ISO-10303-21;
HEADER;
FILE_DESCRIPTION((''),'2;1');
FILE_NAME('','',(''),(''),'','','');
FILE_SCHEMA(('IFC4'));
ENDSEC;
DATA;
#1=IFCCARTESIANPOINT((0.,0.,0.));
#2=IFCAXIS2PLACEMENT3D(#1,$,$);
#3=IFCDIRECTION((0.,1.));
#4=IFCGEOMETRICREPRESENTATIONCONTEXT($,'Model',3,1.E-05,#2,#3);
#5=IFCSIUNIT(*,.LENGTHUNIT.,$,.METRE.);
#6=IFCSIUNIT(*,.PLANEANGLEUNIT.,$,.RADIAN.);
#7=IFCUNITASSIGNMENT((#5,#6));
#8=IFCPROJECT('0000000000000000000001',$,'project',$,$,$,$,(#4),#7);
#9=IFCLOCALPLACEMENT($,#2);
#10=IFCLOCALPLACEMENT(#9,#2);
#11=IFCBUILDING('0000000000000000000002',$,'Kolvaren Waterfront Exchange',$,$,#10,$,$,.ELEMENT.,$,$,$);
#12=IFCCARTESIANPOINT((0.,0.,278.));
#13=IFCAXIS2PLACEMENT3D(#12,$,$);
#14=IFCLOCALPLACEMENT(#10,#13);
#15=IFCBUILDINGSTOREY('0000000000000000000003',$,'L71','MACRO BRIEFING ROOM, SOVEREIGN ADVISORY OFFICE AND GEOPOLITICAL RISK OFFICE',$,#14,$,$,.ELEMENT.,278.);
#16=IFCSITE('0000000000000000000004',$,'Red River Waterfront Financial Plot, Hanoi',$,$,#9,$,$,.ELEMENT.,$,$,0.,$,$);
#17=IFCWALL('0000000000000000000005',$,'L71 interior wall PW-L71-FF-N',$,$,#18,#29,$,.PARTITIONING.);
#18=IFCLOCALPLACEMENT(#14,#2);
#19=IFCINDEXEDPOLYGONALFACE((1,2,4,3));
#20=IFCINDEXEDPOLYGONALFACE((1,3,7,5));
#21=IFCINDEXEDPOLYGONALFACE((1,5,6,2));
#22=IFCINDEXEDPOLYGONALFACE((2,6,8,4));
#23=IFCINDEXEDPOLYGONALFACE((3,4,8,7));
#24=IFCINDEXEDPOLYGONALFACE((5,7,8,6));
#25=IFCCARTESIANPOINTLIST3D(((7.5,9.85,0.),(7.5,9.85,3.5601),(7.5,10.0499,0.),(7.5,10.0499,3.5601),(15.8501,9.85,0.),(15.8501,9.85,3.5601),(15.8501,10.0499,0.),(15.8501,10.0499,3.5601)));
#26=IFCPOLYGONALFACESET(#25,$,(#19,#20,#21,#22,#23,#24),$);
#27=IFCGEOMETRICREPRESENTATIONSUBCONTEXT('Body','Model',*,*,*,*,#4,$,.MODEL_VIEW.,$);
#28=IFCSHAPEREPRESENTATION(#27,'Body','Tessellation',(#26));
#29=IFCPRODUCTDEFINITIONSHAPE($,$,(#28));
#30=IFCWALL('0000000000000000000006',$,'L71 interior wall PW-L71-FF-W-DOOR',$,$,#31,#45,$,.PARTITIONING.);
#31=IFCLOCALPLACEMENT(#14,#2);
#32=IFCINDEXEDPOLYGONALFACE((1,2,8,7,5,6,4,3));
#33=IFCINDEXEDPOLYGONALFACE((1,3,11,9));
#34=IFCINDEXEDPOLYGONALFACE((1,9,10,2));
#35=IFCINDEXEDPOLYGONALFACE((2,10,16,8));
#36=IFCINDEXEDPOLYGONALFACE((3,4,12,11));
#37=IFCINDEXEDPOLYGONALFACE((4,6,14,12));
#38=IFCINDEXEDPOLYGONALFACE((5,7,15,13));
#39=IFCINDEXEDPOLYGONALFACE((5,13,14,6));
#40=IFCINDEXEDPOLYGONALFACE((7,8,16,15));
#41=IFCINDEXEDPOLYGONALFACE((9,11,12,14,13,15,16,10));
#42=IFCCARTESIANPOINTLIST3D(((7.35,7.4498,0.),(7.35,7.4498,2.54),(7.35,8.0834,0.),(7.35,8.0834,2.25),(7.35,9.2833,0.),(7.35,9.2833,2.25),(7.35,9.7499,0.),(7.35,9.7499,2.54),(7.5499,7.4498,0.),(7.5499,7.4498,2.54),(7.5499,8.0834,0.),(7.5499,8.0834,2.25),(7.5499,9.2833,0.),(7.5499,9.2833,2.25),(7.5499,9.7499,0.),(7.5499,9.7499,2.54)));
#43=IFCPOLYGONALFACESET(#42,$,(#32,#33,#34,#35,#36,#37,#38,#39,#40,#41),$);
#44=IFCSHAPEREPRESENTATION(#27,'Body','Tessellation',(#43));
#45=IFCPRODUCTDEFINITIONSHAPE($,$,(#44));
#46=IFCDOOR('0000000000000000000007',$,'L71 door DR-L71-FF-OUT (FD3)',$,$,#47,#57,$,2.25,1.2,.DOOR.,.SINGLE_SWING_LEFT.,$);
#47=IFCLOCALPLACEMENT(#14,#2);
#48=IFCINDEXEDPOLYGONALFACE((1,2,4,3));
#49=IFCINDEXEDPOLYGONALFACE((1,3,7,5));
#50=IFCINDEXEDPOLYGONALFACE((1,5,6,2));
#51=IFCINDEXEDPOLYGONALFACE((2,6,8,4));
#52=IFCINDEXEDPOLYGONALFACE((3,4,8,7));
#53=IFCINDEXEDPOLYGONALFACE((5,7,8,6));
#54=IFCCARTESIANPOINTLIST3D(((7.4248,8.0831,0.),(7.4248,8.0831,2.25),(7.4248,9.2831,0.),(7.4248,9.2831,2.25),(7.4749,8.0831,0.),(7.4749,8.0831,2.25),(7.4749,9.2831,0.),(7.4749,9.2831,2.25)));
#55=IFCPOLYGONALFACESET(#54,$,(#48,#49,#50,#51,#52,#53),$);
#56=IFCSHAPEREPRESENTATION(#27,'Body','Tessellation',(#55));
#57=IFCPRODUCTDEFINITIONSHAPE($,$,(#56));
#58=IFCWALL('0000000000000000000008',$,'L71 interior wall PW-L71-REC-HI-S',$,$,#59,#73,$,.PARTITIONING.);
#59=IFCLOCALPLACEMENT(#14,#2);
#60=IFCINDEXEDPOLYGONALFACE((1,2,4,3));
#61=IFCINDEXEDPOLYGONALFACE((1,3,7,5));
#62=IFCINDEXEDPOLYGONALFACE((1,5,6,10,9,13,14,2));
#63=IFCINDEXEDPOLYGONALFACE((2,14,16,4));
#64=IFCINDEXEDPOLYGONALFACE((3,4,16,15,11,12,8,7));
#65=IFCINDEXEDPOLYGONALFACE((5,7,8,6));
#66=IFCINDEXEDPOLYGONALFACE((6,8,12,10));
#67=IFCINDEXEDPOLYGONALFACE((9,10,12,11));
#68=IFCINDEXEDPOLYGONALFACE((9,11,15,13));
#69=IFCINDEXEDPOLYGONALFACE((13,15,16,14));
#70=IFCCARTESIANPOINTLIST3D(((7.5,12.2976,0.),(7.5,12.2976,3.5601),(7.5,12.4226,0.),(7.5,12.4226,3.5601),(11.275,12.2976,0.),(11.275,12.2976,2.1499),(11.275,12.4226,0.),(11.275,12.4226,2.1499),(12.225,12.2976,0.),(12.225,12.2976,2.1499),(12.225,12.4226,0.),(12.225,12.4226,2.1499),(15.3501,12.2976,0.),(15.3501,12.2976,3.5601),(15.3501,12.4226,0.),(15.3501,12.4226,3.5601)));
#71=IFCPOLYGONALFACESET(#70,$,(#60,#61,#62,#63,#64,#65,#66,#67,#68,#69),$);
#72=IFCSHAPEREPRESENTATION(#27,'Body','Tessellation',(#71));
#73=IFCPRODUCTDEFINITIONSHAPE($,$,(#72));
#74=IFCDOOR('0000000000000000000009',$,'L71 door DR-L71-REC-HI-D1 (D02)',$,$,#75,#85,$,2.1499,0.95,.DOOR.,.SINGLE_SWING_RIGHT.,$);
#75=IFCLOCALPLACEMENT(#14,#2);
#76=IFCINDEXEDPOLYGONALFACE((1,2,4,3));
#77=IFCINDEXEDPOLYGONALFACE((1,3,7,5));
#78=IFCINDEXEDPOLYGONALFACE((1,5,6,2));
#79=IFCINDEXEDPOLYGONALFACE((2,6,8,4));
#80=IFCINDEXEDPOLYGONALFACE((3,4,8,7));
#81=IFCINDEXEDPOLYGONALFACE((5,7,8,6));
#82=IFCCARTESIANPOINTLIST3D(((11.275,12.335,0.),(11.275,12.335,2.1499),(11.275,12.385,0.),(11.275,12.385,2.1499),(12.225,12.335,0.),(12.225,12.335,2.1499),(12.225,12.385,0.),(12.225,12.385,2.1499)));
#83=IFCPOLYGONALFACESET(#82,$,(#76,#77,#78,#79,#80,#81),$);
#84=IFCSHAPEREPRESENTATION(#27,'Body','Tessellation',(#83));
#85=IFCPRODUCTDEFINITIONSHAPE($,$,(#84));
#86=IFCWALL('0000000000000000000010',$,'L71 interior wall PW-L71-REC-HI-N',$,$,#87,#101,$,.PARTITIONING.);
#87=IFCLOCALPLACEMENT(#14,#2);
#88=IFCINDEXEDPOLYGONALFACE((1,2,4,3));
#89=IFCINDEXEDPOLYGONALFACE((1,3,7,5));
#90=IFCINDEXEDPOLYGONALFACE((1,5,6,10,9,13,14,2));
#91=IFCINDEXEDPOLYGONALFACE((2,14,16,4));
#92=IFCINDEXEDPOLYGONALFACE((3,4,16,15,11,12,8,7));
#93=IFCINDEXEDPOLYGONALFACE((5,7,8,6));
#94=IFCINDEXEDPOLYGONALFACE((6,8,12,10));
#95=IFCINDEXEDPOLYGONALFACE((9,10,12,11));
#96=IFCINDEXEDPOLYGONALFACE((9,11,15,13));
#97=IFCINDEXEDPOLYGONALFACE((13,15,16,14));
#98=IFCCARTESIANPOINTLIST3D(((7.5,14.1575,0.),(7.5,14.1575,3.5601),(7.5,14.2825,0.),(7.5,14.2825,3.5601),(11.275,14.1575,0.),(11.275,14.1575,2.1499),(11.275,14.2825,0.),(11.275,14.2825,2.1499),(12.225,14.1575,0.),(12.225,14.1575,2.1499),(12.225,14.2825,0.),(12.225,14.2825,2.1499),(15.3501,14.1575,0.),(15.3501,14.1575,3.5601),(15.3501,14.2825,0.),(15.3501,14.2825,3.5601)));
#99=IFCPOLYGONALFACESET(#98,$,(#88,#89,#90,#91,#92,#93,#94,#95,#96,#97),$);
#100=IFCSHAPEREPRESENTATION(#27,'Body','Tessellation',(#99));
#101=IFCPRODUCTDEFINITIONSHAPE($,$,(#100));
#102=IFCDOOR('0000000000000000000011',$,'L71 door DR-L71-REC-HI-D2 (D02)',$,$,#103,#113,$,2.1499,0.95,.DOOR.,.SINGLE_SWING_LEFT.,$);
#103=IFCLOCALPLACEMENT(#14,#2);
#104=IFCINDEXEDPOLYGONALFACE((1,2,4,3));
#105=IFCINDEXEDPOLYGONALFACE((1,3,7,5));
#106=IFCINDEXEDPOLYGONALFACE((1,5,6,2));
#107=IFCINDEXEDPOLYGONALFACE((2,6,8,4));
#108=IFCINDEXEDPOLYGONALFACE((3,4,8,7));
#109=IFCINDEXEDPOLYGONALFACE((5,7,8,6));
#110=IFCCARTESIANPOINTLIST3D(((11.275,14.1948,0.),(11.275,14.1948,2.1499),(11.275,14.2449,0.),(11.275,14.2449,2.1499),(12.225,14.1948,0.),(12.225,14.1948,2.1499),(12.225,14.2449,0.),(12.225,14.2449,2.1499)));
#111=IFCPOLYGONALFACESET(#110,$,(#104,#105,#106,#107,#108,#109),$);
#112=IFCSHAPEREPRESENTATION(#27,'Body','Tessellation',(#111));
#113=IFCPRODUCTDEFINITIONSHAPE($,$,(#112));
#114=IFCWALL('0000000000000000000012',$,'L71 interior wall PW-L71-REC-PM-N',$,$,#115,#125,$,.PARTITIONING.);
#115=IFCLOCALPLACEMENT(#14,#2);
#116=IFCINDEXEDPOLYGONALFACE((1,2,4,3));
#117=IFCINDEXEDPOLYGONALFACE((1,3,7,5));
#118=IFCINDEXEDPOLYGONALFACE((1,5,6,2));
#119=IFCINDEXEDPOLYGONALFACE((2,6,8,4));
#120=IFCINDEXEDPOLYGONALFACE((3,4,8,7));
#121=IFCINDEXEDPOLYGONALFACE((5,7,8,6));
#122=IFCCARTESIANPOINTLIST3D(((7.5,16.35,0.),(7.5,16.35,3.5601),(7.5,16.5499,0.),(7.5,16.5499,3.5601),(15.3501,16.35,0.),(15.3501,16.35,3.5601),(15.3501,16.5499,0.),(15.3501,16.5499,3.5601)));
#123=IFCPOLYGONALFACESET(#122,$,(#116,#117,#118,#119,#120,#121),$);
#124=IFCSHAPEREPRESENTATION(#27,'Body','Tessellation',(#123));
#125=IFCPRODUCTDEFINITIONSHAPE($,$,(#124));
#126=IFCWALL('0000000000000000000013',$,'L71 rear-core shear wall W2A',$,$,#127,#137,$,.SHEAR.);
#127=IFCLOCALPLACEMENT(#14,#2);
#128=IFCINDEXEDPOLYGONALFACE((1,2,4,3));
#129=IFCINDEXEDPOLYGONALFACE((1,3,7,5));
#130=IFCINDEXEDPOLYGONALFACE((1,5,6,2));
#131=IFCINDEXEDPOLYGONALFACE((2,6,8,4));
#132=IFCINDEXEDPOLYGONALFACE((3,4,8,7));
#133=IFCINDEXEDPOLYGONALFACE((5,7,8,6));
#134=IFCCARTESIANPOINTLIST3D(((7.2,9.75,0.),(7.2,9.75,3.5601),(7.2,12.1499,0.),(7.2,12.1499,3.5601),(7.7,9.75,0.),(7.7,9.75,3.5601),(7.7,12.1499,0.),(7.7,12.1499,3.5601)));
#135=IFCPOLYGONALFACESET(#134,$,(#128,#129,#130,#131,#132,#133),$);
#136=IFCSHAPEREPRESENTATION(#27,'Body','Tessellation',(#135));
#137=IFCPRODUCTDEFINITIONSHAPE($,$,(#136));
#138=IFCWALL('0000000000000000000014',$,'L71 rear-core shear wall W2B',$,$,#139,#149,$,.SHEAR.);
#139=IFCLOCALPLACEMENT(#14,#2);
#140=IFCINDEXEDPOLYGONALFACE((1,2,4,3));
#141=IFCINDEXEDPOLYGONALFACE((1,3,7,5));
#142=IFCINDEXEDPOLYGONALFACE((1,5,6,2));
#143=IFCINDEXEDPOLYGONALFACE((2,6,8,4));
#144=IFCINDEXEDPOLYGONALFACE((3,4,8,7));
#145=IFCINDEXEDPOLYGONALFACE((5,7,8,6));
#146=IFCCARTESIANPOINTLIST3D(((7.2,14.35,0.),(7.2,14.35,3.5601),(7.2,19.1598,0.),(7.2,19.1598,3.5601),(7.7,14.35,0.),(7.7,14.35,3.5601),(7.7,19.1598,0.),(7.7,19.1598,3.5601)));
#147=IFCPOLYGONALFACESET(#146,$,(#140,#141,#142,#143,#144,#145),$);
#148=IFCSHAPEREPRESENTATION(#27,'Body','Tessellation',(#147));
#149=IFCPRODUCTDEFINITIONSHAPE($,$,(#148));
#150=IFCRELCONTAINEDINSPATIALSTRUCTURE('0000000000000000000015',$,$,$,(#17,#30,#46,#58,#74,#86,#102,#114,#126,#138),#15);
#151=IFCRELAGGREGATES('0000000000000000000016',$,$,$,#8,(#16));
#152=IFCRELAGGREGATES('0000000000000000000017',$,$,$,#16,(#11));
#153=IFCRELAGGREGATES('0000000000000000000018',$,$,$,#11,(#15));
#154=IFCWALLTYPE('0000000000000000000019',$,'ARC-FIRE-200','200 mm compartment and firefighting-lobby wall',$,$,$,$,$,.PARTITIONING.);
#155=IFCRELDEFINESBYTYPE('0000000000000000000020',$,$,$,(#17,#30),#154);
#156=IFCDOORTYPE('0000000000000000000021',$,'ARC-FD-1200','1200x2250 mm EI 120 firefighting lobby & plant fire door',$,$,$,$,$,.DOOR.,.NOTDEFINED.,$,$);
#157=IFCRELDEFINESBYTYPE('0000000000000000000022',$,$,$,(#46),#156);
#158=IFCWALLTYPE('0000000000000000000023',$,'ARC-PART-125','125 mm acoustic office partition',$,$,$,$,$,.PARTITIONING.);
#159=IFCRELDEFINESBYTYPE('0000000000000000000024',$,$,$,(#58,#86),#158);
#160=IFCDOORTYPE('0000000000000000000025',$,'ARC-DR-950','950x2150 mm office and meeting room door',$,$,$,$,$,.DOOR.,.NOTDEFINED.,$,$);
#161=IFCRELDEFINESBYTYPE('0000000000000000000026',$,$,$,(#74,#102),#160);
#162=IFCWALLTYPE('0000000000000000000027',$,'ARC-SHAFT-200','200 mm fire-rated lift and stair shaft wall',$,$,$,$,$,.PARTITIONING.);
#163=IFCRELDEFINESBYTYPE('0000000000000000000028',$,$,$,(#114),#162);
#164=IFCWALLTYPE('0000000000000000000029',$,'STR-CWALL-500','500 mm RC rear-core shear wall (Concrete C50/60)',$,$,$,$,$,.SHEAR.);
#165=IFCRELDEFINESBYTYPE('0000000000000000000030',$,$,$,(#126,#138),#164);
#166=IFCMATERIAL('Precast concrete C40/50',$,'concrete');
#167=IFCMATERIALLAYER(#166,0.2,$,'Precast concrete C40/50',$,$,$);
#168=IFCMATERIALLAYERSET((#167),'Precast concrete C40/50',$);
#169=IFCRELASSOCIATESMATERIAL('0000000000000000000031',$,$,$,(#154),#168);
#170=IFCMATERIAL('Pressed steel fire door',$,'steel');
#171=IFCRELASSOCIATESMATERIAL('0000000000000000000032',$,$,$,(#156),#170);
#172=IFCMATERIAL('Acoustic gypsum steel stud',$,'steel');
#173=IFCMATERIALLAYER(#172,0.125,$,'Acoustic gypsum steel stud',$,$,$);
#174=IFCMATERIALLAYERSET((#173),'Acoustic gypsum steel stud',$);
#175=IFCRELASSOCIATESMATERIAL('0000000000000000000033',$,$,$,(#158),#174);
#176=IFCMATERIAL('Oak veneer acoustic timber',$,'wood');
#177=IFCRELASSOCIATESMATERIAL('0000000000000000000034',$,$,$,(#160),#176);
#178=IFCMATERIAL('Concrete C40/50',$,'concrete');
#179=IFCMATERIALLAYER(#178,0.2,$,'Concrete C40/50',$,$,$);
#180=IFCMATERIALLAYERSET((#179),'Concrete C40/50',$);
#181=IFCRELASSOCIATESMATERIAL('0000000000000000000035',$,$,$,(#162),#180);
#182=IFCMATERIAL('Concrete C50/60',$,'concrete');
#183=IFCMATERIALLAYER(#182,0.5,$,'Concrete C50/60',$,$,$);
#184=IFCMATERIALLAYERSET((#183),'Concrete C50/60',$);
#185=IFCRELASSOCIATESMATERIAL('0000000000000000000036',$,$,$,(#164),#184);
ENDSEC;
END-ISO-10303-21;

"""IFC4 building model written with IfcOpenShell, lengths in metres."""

from ifc_helpers import new_model, si_unit, direction, frame, frame_2d, origin, place, context, subcontext, project, spatial, rectangle, extrude, material, layer, layer_set, type_object, element, fill, save


model = new_model("IFC4")

# Units and contexts
model_context = context("Model", 3, precision=1e-05, world=origin(), true_north=direction((0.0, 1.0)))
body_context = subcontext(model_context, "Body", "Model", "MODEL_VIEW")
ifc_project = project(units=[si_unit("LENGTHUNIT", "METRE"), si_unit("PLANEANGLEUNIT", "RADIAN")], contexts=[model_context])

# Site, building, storey
site_placement = place(None, origin())
site = spatial("IfcSite", under=ifc_project, at=site_placement, Name="Red River Waterfront Financial Plot, Hanoi", CompositionType="ELEMENT", RefElevation=0.0)
building_placement = place(site_placement, origin())
building = spatial("IfcBuilding", under=site, at=building_placement, Name="Kolvaren Waterfront Exchange", CompositionType="ELEMENT")
storey_placement = place(building_placement, frame((0.0, 0.0, 278.0)))
storey = spatial("IfcBuildingStorey", under=building, at=storey_placement, Name="L71", Description="MACRO BRIEFING ROOM, SOVEREIGN ADVISORY OFFICE AND GEOPOLITICAL RISK OFFICE", CompositionType="ELEMENT", Elevation=278.0)

# Wall
ifc_material_1 = material(Name="Precast concrete C40/50", Category="concrete")
ifc_layer_1 = layer(ifc_material_1, 0.2, Name="Precast concrete C40/50")
ifc_layer_set_1 = layer_set([ifc_layer_1], Name="Precast concrete C40/50")
wall_type_1 = type_object("IfcWallType", Name="ARC-FIRE-200", Description="200 mm compartment and firefighting-lobby wall", PredefinedType="PARTITIONING", material=ifc_layer_set_1)
wall_1_placement = place(storey_placement, frame((7.5, 9.95, 0.0), z_axis=(0.0, 0.0, 1.0), x_axis=(1.0, 0.0, 0.0)))
element("IfcWall", 1, at=wall_1_placement, inside=storey, type_object=wall_type_1, Name="L71 interior wall PW-L71-FF-N", PredefinedType="PARTITIONING", context=body_context, shape_type="SweptSolid", body=[
    extrude(rectangle(XDim=8.3501, YDim=0.2, at=frame_2d((4.175, 0.0))), origin(), (0.0, 0.0, 1.0), 3.5601),
])

# Walls, openings, doors
wall_2_placement = place(storey_placement, frame((7.45, 7.45, 0.0), z_axis=(0.0, 0.0, 1.0), x_axis=(0.0, 1.0, 0.0)))
wall_2 = element("IfcWall", 2, at=wall_2_placement, inside=storey, type_object=wall_type_1, Name="L71 interior wall PW-L71-FF-W-DOOR", PredefinedType="PARTITIONING", context=body_context, shape_type="SweptSolid", body=[
    extrude(rectangle(XDim=2.3, YDim=0.2, at=frame_2d((1.1499, 0.0))), origin(), (0.0, 0.0, 1.0), 2.54),
])
opening_1_placement = place(wall_2_placement, frame((0.6333, 0.0, 0.0)))
opening_1 = element("IfcOpeningElement", 3, at=opening_1_placement, cuts=wall_2, PredefinedType="OPENING", context=body_context, shape_type="SweptSolid", body=[
    extrude(rectangle(XDim=1.2, YDim=2.25, at=frame_2d((0.6001, 1.125))), frame((0.0, 0.1099, 0.0), z_axis=(0.0, -1.0, 0.0), x_axis=(1.0, 0.0, 0.0)), (0.0, 0.0, 1.0), 0.22),
])
ifc_material_2 = material(Name="Pressed steel fire door", Category="steel")
door_type_1 = type_object("IfcDoorType", Name="ARC-FD-1200", Description="1200x2250 mm EI 120 firefighting lobby & plant fire door", OperationType="NOTDEFINED", PredefinedType="DOOR", material=ifc_material_2)
door_1_placement = place(opening_1_placement, frame((1.2, 0.0, 0.0), z_axis=(0.0, 0.0, 1.0), x_axis=(-1.0, 0.0, 0.0)))
door_1 = element("IfcDoor", 4, at=door_1_placement, inside=storey, type_object=door_type_1, Name="L71 door DR-L71-FF-OUT (FD3)", OperationType="SINGLE_SWING_LEFT", OverallHeight=2.25, OverallWidth=1.2, PredefinedType="DOOR", context=body_context, shape_type="SweptSolid", body=[
    extrude(rectangle(XDim=1.2, YDim=2.25, at=frame_2d((0.6001, 1.125))), frame((0.0, 0.0249, 0.0), z_axis=(0.0, -1.0, 0.0), x_axis=(1.0, 0.0, 0.0)), (0.0, 0.0, 1.0), 0.05),
])
fill(opening_1, door_1)
ifc_material_3 = material(Name="Acoustic gypsum steel stud", Category="steel")
ifc_layer_2 = layer(ifc_material_3, 0.125, Name="Acoustic gypsum steel stud")
ifc_layer_set_2 = layer_set([ifc_layer_2], Name="Acoustic gypsum steel stud")
wall_type_2 = type_object("IfcWallType", Name="ARC-PART-125", Description="125 mm acoustic office partition", PredefinedType="PARTITIONING", material=ifc_layer_set_2)
wall_3_placement = place(storey_placement, frame((7.5, 12.3601, 0.0), z_axis=(0.0, 0.0, 1.0), x_axis=(1.0, 0.0, 0.0)))
wall_3 = element("IfcWall", 5, at=wall_3_placement, inside=storey, type_object=wall_type_2, Name="L71 interior wall PW-L71-REC-HI-S", PredefinedType="PARTITIONING", context=body_context, shape_type="SweptSolid", body=[
    extrude(rectangle(XDim=7.8501, YDim=0.125, at=frame_2d((3.925, 0.0))), origin(), (0.0, 0.0, 1.0), 3.5601),
])
opening_2_placement = place(wall_3_placement, frame((3.7749, 0.0, 0.0)))
opening_2 = element("IfcOpeningElement", 6, at=opening_2_placement, cuts=wall_3, PredefinedType="OPENING", context=body_context, shape_type="SweptSolid", body=[
    extrude(rectangle(XDim=0.95, YDim=2.1499, at=frame_2d((0.4751, 1.075))), frame((0.0, 0.0725, 0.0), z_axis=(0.0, -1.0, 0.0), x_axis=(1.0, 0.0, 0.0)), (0.0, 0.0, 1.0), 0.145),
])
ifc_material_4 = material(Name="Oak veneer acoustic timber", Category="wood")
door_type_2 = type_object("IfcDoorType", Name="ARC-DR-950", Description="950x2150 mm office and meeting room door", OperationType="NOTDEFINED", PredefinedType="DOOR", material=ifc_material_4)
door_2_placement = place(opening_2_placement, origin())
door_2 = element("IfcDoor", 7, at=door_2_placement, inside=storey, type_object=door_type_2, Name="L71 door DR-L71-REC-HI-D1 (D02)", OperationType="SINGLE_SWING_RIGHT", OverallHeight=2.1499, OverallWidth=0.95, PredefinedType="DOOR", context=body_context, shape_type="SweptSolid", body=[
    extrude(rectangle(XDim=0.95, YDim=2.1499, at=frame_2d((0.4751, 1.075))), frame((0.0, 0.0249, 0.0), z_axis=(0.0, -1.0, 0.0), x_axis=(1.0, 0.0, 0.0)), (0.0, 0.0, 1.0), 0.05),
])
fill(opening_2, door_2)
wall_4_placement = place(storey_placement, frame((7.5, 14.22, 0.0), z_axis=(0.0, 0.0, 1.0), x_axis=(1.0, 0.0, 0.0)))
wall_4 = element("IfcWall", 8, at=wall_4_placement, inside=storey, type_object=wall_type_2, Name="L71 interior wall PW-L71-REC-HI-N", PredefinedType="PARTITIONING", context=body_context, shape_type="SweptSolid", body=[
    extrude(rectangle(XDim=7.8501, YDim=0.125, at=frame_2d((3.925, 0.0))), origin(), (0.0, 0.0, 1.0), 3.5601),
])
opening_3_placement = place(wall_4_placement, frame((3.7749, 0.0, 0.0)))
opening_3 = element("IfcOpeningElement", 9, at=opening_3_placement, cuts=wall_4, PredefinedType="OPENING", context=body_context, shape_type="SweptSolid", body=[
    extrude(rectangle(XDim=0.95, YDim=2.1499, at=frame_2d((0.4751, 1.075))), frame((0.0, 0.0725, 0.0), z_axis=(0.0, -1.0, 0.0), x_axis=(1.0, 0.0, 0.0)), (0.0, 0.0, 1.0), 0.145),
])
door_3_placement = place(opening_3_placement, origin())
door_3 = element("IfcDoor", 10, at=door_3_placement, inside=storey, type_object=door_type_2, Name="L71 door DR-L71-REC-HI-D2 (D02)", OperationType="SINGLE_SWING_LEFT", OverallHeight=2.1499, OverallWidth=0.95, PredefinedType="DOOR", context=body_context, shape_type="SweptSolid", body=[
    extrude(rectangle(XDim=0.95, YDim=2.1499, at=frame_2d((0.4751, 1.075))), frame((0.0, 0.0249, 0.0), z_axis=(0.0, -1.0, 0.0), x_axis=(1.0, 0.0, 0.0)), (0.0, 0.0, 1.0), 0.05),
])
fill(opening_3, door_3)

# Walls
ifc_material_5 = material(Name="Concrete C40/50", Category="concrete")
ifc_layer_3 = layer(ifc_material_5, 0.2, Name="Concrete C40/50")
ifc_layer_set_3 = layer_set([ifc_layer_3], Name="Concrete C40/50")
wall_type_3 = type_object("IfcWallType", Name="ARC-SHAFT-200", Description="200 mm fire-rated lift and stair shaft wall", PredefinedType="PARTITIONING", material=ifc_layer_set_3)
wall_5_placement = place(storey_placement, frame((7.5, 16.45, 0.0), z_axis=(0.0, 0.0, 1.0), x_axis=(1.0, 0.0, 0.0)))
element("IfcWall", 11, at=wall_5_placement, inside=storey, type_object=wall_type_3, Name="L71 interior wall PW-L71-REC-PM-N", PredefinedType="PARTITIONING", context=body_context, shape_type="SweptSolid", body=[
    extrude(rectangle(XDim=7.8501, YDim=0.2, at=frame_2d((3.925, 0.0))), origin(), (0.0, 0.0, 1.0), 3.5601),
])
ifc_material_6 = material(Name="Concrete C50/60", Category="concrete")
ifc_layer_4 = layer(ifc_material_6, 0.5, Name="Concrete C50/60")
ifc_layer_set_4 = layer_set([ifc_layer_4], Name="Concrete C50/60")
wall_type_4 = type_object("IfcWallType", Name="STR-CWALL-500", Description="500 mm RC rear-core shear wall (Concrete C50/60)", PredefinedType="SHEAR", material=ifc_layer_set_4)
wall_6_placement = place(storey_placement, frame((7.45, 9.75, 0.0), z_axis=(0.0, 0.0, 1.0), x_axis=(0.0, 1.0, 0.0)))
element("IfcWall", 12, at=wall_6_placement, inside=storey, type_object=wall_type_4, Name="L71 rear-core shear wall W2A", PredefinedType="SHEAR", context=body_context, shape_type="SweptSolid", body=[
    extrude(rectangle(XDim=2.3999, YDim=0.5, at=frame_2d((1.2, 0.0))), origin(), (0.0, 0.0, 1.0), 3.5601),
])
wall_7_placement = place(storey_placement, frame((7.45, 14.3501, 0.0), z_axis=(0.0, 0.0, 1.0), x_axis=(0.0, 1.0, 0.0)))
element("IfcWall", 13, at=wall_7_placement, inside=storey, type_object=wall_type_4, Name="L71 rear-core shear wall W2B", PredefinedType="SHEAR", context=body_context, shape_type="SweptSolid", body=[
    extrude(rectangle(XDim=4.8098, YDim=0.5, at=frame_2d((2.4048, 0.0))), origin(), (0.0, 0.0, 1.0), 3.5601),
])

save(model, "model.ifc")
